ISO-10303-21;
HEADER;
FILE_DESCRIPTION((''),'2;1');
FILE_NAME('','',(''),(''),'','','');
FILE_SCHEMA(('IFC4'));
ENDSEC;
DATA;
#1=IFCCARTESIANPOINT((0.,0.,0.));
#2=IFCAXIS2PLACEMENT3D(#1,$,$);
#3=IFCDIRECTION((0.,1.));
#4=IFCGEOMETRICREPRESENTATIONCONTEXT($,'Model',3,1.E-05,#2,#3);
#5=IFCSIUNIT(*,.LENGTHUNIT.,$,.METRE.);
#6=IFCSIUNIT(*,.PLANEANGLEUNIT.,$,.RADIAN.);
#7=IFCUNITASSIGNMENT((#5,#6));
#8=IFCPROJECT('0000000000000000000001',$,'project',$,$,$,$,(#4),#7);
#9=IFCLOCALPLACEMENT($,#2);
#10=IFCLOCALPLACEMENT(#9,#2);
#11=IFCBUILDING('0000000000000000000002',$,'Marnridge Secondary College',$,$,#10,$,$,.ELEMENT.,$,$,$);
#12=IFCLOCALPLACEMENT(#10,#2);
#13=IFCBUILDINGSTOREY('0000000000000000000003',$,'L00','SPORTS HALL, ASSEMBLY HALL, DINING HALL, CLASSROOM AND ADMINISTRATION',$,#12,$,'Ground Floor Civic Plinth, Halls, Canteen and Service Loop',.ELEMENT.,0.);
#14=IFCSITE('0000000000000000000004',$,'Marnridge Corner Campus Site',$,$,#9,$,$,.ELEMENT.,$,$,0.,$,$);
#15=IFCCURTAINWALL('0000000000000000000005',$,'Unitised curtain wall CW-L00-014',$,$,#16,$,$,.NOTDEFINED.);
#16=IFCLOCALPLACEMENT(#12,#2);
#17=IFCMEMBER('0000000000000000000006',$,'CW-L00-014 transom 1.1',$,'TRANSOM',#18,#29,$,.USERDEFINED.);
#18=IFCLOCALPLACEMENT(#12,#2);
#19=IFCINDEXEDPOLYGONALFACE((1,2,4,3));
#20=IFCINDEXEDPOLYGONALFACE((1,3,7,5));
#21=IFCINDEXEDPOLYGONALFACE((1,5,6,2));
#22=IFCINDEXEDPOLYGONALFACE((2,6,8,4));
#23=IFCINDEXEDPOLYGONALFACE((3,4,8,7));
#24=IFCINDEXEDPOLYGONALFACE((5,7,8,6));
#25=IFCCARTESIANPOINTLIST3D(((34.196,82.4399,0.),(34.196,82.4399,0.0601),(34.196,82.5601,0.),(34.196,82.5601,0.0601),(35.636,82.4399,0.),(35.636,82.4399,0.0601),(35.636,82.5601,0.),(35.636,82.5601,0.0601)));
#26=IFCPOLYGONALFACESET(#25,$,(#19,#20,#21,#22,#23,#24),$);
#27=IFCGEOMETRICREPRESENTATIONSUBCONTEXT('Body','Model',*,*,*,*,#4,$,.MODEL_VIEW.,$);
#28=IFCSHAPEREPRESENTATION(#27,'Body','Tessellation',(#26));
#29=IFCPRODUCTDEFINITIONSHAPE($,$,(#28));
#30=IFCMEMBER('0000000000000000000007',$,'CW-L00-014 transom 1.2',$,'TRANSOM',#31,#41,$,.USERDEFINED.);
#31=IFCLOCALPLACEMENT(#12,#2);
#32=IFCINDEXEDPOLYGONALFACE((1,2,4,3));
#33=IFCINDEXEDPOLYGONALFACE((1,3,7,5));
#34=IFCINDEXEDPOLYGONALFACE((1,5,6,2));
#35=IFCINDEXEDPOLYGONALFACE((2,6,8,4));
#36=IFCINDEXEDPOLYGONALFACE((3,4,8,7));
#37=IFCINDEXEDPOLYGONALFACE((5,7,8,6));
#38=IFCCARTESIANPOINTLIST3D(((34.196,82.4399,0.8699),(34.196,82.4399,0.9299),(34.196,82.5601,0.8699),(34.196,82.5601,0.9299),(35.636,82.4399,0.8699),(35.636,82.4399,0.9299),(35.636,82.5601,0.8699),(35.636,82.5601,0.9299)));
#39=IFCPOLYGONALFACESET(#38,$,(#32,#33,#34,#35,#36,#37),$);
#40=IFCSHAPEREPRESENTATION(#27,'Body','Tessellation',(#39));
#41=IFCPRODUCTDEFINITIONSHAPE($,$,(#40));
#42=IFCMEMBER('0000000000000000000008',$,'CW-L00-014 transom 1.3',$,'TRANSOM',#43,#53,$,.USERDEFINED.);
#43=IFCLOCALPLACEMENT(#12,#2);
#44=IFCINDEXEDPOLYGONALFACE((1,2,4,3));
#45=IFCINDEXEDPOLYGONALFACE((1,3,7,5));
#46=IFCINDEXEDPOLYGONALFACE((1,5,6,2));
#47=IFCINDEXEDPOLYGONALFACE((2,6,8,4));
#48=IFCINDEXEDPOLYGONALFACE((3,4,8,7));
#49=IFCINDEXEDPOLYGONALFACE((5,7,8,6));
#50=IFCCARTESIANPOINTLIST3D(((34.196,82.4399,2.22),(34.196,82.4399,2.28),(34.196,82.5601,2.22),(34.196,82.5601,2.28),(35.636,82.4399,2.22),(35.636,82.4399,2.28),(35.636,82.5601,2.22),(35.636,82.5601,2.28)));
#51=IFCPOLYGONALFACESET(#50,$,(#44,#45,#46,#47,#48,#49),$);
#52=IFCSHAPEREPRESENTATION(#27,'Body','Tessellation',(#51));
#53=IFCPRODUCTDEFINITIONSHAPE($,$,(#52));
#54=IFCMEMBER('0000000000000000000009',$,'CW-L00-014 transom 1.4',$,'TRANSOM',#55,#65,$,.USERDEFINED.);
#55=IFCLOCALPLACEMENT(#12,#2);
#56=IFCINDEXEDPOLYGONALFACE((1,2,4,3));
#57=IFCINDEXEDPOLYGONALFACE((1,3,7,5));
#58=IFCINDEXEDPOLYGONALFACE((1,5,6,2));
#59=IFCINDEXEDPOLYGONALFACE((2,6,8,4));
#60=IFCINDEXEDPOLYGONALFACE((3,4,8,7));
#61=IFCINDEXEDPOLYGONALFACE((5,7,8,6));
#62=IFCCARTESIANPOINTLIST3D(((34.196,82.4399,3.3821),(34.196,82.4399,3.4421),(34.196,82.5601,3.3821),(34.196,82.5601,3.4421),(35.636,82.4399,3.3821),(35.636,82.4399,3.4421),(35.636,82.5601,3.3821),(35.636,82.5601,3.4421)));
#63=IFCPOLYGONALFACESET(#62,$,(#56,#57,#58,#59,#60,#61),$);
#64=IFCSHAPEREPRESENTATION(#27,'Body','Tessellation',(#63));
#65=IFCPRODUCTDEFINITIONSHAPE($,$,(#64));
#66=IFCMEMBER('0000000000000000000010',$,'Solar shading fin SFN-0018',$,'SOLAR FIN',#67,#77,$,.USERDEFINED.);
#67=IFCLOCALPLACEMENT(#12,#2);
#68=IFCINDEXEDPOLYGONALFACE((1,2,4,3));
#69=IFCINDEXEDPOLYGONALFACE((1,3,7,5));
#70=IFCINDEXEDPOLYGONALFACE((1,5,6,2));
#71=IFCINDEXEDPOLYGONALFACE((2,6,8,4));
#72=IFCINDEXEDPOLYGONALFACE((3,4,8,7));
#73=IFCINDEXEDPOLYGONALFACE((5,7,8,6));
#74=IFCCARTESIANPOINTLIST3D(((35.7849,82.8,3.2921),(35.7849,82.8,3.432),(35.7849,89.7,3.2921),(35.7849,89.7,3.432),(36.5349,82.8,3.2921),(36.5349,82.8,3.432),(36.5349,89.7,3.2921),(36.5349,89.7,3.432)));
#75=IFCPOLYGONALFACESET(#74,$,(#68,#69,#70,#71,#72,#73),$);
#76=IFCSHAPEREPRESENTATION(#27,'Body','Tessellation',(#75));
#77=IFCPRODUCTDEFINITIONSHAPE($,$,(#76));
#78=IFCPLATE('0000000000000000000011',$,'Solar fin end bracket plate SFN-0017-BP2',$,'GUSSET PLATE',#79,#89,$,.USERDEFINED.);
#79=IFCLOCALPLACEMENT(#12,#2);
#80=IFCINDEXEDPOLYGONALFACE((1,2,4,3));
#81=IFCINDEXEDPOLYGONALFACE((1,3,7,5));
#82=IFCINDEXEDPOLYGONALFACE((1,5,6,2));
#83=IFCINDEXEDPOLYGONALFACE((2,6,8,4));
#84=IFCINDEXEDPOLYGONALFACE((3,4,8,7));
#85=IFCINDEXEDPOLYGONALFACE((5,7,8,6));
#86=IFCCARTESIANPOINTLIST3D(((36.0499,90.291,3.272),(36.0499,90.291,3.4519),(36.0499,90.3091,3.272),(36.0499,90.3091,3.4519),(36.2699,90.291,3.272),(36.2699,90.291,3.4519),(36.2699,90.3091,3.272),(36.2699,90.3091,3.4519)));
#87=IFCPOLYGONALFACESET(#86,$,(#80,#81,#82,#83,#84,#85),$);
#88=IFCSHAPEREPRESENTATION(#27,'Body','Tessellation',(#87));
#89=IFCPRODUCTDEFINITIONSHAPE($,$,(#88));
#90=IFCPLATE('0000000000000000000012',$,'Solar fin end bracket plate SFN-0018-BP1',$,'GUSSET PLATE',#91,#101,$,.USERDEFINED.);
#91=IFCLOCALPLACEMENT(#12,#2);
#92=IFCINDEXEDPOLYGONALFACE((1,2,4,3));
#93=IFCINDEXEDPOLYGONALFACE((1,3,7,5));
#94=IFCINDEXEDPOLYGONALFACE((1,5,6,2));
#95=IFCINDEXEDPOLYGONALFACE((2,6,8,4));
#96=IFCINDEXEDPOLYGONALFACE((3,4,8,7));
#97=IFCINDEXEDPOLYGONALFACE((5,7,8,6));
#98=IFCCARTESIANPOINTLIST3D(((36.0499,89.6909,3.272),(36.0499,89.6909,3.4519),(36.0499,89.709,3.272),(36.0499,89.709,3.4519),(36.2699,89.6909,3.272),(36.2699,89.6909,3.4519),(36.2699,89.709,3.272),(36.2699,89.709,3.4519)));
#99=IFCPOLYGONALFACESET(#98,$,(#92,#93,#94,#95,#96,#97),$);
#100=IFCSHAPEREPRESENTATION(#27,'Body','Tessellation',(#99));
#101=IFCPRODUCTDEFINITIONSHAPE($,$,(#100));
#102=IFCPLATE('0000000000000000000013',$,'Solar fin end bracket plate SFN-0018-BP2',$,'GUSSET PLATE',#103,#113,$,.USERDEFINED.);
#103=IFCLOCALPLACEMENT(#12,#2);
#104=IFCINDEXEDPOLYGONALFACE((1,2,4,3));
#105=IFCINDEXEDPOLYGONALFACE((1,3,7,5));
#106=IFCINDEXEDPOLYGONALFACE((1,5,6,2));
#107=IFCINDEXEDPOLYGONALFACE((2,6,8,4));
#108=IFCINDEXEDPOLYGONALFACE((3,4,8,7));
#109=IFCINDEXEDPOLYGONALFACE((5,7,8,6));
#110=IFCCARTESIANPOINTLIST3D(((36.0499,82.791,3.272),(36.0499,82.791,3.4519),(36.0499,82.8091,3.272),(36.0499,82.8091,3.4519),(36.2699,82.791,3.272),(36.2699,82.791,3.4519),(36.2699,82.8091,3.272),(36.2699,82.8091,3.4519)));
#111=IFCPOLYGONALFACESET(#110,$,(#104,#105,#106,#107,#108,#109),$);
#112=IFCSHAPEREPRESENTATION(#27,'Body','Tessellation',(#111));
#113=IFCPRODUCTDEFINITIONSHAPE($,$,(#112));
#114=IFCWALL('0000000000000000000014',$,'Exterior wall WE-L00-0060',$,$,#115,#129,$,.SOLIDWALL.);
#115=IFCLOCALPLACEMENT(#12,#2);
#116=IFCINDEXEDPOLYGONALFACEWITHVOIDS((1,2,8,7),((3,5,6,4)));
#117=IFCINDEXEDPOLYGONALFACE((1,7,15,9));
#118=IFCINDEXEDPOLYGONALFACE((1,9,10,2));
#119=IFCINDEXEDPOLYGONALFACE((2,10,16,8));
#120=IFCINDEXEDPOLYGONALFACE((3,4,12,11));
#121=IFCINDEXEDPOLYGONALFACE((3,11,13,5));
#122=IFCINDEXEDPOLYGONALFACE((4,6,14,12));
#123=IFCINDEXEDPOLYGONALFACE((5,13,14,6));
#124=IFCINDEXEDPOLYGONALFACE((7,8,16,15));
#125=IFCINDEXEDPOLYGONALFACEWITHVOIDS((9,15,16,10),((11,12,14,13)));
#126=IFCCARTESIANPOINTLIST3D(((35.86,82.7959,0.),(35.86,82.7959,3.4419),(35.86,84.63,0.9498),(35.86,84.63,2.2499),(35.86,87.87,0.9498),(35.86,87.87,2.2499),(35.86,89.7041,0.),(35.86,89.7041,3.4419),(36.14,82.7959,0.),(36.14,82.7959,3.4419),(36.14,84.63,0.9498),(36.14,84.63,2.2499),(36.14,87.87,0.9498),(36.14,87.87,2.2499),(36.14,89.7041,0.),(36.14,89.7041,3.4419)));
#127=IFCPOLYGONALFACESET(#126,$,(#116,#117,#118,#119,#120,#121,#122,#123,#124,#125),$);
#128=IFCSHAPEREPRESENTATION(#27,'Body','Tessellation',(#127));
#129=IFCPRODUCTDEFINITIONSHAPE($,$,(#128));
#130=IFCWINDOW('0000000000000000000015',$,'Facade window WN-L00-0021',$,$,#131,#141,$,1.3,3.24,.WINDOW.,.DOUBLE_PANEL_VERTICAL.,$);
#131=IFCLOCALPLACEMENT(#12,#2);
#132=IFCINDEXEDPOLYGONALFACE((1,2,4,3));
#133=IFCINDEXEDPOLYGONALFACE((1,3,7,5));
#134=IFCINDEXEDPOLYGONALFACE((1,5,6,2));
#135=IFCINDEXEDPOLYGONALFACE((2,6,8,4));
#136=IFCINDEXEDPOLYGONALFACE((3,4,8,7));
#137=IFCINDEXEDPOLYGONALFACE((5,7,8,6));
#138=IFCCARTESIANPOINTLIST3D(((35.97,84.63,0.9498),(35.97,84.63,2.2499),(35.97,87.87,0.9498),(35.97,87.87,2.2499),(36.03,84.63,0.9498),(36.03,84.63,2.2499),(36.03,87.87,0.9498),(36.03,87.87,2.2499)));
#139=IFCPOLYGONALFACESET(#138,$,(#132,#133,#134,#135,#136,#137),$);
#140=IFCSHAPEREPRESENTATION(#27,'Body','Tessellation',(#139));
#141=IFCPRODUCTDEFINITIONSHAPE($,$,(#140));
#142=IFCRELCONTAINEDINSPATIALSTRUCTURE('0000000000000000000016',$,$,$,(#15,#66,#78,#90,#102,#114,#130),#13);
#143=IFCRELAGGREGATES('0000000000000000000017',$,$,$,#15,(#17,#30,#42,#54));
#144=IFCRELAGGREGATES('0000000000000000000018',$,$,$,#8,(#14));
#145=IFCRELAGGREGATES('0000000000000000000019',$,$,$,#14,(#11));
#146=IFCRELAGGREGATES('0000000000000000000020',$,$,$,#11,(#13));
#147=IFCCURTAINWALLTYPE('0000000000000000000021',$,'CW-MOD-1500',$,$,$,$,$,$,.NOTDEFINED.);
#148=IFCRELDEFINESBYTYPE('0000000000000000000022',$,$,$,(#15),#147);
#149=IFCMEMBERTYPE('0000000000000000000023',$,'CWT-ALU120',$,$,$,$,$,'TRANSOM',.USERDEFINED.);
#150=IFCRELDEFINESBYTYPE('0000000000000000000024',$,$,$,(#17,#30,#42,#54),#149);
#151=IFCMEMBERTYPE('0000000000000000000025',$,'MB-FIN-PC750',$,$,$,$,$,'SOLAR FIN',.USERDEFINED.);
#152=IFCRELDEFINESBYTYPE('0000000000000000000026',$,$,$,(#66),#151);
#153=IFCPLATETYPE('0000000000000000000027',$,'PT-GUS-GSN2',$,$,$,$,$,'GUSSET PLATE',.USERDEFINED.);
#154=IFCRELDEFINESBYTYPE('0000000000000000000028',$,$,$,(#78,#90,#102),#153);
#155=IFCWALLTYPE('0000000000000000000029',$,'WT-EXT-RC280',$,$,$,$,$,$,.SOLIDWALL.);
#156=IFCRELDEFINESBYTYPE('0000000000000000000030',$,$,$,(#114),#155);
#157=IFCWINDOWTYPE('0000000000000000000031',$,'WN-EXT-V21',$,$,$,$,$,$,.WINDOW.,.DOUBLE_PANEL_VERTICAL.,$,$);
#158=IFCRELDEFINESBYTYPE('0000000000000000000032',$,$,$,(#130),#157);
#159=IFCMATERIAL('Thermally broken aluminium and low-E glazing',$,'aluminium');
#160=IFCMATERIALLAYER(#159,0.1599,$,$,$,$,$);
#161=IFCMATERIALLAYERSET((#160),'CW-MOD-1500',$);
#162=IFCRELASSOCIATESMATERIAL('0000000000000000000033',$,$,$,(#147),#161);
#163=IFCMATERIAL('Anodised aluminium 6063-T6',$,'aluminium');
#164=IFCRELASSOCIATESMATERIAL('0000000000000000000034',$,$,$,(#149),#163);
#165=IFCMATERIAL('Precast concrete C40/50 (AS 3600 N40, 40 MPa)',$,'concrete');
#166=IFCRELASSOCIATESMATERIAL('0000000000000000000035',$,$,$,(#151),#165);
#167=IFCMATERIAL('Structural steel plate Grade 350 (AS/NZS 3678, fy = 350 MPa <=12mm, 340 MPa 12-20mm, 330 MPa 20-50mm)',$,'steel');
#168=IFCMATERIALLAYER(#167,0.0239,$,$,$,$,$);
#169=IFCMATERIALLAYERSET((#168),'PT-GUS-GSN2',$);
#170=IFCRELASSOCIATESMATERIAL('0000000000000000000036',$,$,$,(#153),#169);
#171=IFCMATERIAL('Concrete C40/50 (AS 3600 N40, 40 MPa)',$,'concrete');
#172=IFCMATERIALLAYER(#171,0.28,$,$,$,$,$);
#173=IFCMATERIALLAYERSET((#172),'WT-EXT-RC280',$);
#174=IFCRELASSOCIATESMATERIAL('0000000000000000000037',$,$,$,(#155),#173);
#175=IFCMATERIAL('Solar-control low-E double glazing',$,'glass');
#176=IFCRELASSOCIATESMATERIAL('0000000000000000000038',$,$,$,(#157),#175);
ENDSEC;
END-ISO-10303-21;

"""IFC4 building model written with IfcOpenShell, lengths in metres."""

from ifc_helpers import new_model, si_unit, direction, frame, frame_2d, origin, origin_2d, place, context, subcontext, project, spatial, rectangle, extrude, material, layer, layer_set, material_profile, profile_set, type_object, element, fill, aggregate, save


model = new_model("IFC4")

# Units and contexts
model_context = context("Model", 3, precision=1e-05, world=origin(), true_north=direction((0.0, 1.0)))
body_context = subcontext(model_context, "Body", "Model", "MODEL_VIEW")
ifc_project = project(units=[si_unit("LENGTHUNIT", "METRE"), si_unit("PLANEANGLEUNIT", "RADIAN")], contexts=[model_context])

# Site, building, storey
site_placement = place(None, origin())
site = spatial("IfcSite", under=ifc_project, at=site_placement, Name="Marnridge Corner Campus Site", CompositionType="ELEMENT", RefElevation=0.0)
building_placement = place(site_placement, origin())
building = spatial("IfcBuilding", under=site, at=building_placement, Name="Marnridge Secondary College", CompositionType="ELEMENT")
storey_placement = place(building_placement, origin())
storey = spatial("IfcBuildingStorey", under=building, at=storey_placement, Name="L00", Description="SPORTS HALL, ASSEMBLY HALL, DINING HALL, CLASSROOM AND ADMINISTRATION", LongName="Ground Floor Civic Plinth, Halls, Canteen and Service Loop", CompositionType="ELEMENT", Elevation=0.0)

# Curtain wall, members
ifc_material_1 = material(Name="Thermally broken aluminium and low-E glazing", Category="aluminium")
ifc_layer_1 = layer(ifc_material_1, 0.1599)
ifc_layer_set_1 = layer_set([ifc_layer_1], Name="CW-MOD-1500")
curtain_wall_type = type_object("IfcCurtainWallType", Name="CW-MOD-1500", PredefinedType="NOTDEFINED", material=ifc_layer_set_1)
curtain_wall_placement = place(storey_placement, origin())
curtain_wall = element("IfcCurtainWall", 1, at=curtain_wall_placement, inside=storey, type_object=curtain_wall_type, Name="Unitised curtain wall CW-L00-014", PredefinedType="NOTDEFINED")
ifc_material_2 = material(Name="Anodised aluminium 6063-T6", Category="aluminium")
ifc_material_profile_1 = material_profile(ifc_material_2, rectangle(XDim=0.0601, YDim=0.1201, at=origin_2d()), Name="ALU 60x120")
ifc_profile_set_1 = profile_set([ifc_material_profile_1], Name="Anodised aluminium 6063-T6")
member_type_1 = type_object("IfcMemberType", Name="CWT-ALU120", ElementType="TRANSOM", PredefinedType="USERDEFINED", material=ifc_profile_set_1)
member_1_placement = place(storey_placement, frame((35.636, 82.5, 0.03), z_axis=(-1.0, 0.0, 0.0), x_axis=(0.0, 0.0, 1.0)))
member_1 = element("IfcMember", 2, at=member_1_placement, type_object=member_type_1, Name="CW-L00-014 transom 1.1", ObjectType="TRANSOM", PredefinedType="USERDEFINED", context=body_context, shape_type="SweptSolid", body=[
    extrude(rectangle(XDim=0.0601, YDim=0.1201, at=origin_2d()), origin(), (0.0, 0.0, 1.0), 1.4399),
])
member_2_placement = place(storey_placement, frame((35.636, 82.5, 0.8999), z_axis=(-1.0, 0.0, 0.0), x_axis=(0.0, 0.0, 1.0)))
member_2 = element("IfcMember", 3, at=member_2_placement, type_object=member_type_1, Name="CW-L00-014 transom 1.2", ObjectType="TRANSOM", PredefinedType="USERDEFINED", context=body_context, shape_type="SweptSolid", body=[
    extrude(rectangle(XDim=0.0601, YDim=0.1201, at=origin_2d()), origin(), (0.0, 0.0, 1.0), 1.4399),
])
member_3_placement = place(storey_placement, frame((35.636, 82.5, 2.25), z_axis=(-1.0, 0.0, 0.0), x_axis=(0.0, 0.0, 1.0)))
member_3 = element("IfcMember", 4, at=member_3_placement, type_object=member_type_1, Name="CW-L00-014 transom 1.3", ObjectType="TRANSOM", PredefinedType="USERDEFINED", context=body_context, shape_type="SweptSolid", body=[
    extrude(rectangle(XDim=0.0601, YDim=0.1201, at=origin_2d()), origin(), (0.0, 0.0, 1.0), 1.4399),
])
member_4_placement = place(storey_placement, frame((35.636, 82.5, 3.4121), z_axis=(-1.0, 0.0, 0.0), x_axis=(0.0, 0.0, 1.0)))
member_4 = element("IfcMember", 5, at=member_4_placement, type_object=member_type_1, Name="CW-L00-014 transom 1.4", ObjectType="TRANSOM", PredefinedType="USERDEFINED", context=body_context, shape_type="SweptSolid", body=[
    extrude(rectangle(XDim=0.0601, YDim=0.1201, at=origin_2d()), origin(), (0.0, 0.0, 1.0), 1.4399),
])
aggregate(curtain_wall, [member_1, member_2, member_3, member_4])

# Member
ifc_material_3 = material(Name="Precast concrete C40/50 (AS 3600 N40, 40 MPa)", Category="concrete")
ifc_material_profile_2 = material_profile(ifc_material_3, rectangle(XDim=0.1399, YDim=0.75, at=origin_2d()), Name="FIN PC 140x750")
ifc_profile_set_2 = profile_set([ifc_material_profile_2], Name="Precast concrete C40/50 (AS 3600 N40, 40 MPa)")
member_type_2 = type_object("IfcMemberType", Name="MB-FIN-PC750", ElementType="SOLAR FIN", PredefinedType="USERDEFINED", material=ifc_profile_set_2)
member_5_placement = place(storey_placement, frame((36.1599, 89.7, 3.3621), z_axis=(0.0, -1.0, 0.0), x_axis=(0.0, 0.0, 1.0)))
element("IfcMember", 6, at=member_5_placement, inside=storey, type_object=member_type_2, Name="Solar shading fin SFN-0018", ObjectType="SOLAR FIN", PredefinedType="USERDEFINED", context=body_context, shape_type="SweptSolid", body=[
    extrude(rectangle(XDim=0.1399, YDim=0.75, at=origin_2d()), origin(), (0.0, 0.0, 1.0), 6.8999),
])

# Plates
ifc_material_4 = material(Name="Structural steel plate Grade 350 (AS/NZS 3678, fy = 350 MPa <=12mm, 340 MPa 12-20mm, 330 MPa 20-50mm)", Category="steel")
ifc_layer_2 = layer(ifc_material_4, 0.0239)
ifc_layer_set_2 = layer_set([ifc_layer_2], Name="PT-GUS-GSN2")
plate_type = type_object("IfcPlateType", Name="PT-GUS-GSN2", ElementType="GUSSET PLATE", PredefinedType="USERDEFINED", material=ifc_layer_set_2)
for number, where, z_axis, x_axis, name in (
    (7, (36.1599, 90.3, 3.272), (0.0, 0.0, 1.0), (1.0, 0.0, 0.0), "Solar fin end bracket plate SFN-0017-BP2"),
    (8, (36.1599, 89.7, 3.272), (0.0, 0.0, 1.0), (1.0, 0.0, 0.0), "Solar fin end bracket plate SFN-0018-BP1"),
    (9, (36.1599, 82.8, 3.272), (0.0, 0.0, 1.0), (1.0, 0.0, 0.0), "Solar fin end bracket plate SFN-0018-BP2"),
):
    element("IfcPlate", number, at=place(storey_placement, frame(where, z_axis=z_axis, x_axis=x_axis)), inside=storey, type_object=plate_type, Name=name, ObjectType="GUSSET PLATE", PredefinedType="USERDEFINED", context=body_context, shape_type="SweptSolid", body=[
        extrude(rectangle(XDim=0.22, YDim=0.0181, at=origin_2d()), origin(), (0.0, 0.0, 1.0), 0.1799),
    ])

# Wall, opening, window
ifc_material_5 = material(Name="Concrete C40/50 (AS 3600 N40, 40 MPa)", Category="concrete")
ifc_layer_3 = layer(ifc_material_5, 0.28)
ifc_layer_set_3 = layer_set([ifc_layer_3], Name="WT-EXT-RC280")
wall_type_1 = type_object("IfcWallType", Name="WT-EXT-RC280", PredefinedType="SOLIDWALL", material=ifc_layer_set_3)
wall_1_placement = place(storey_placement, frame((36.0, 89.7041, 0.0), z_axis=(0.0, 0.0, 1.0), x_axis=(0.0, -1.0, 0.0)))
wall_1 = element("IfcWall", 10, at=wall_1_placement, inside=storey, type_object=wall_type_1, Name="Exterior wall WE-L00-0060", PredefinedType="SOLIDWALL", context=body_context, shape_type="SweptSolid", body=[
    extrude(rectangle(XDim=6.9082, YDim=0.28, at=frame_2d((3.4541, 0.0))), origin(), (0.0, 0.0, 1.0), 3.4419),
])
opening_1_placement = place(wall_1_placement, frame((1.834, 0.0, 0.95)))
opening_1 = element("IfcOpeningElement", 11, at=opening_1_placement, cuts=wall_1, PredefinedType="OPENING", context=body_context, shape_type="SweptSolid", body=[
    extrude(rectangle(XDim=3.24, YDim=1.3, at=frame_2d((1.6201, 0.6499))), frame((0.0, 0.1499, 0.0), z_axis=(0.0, -1.0, 0.0), x_axis=(1.0, 0.0, 0.0)), (0.0, 0.0, 1.0), 0.3),
])
ifc_material_6 = material(Name="Solar-control low-E double glazing", Category="glass")
window_type = type_object("IfcWindowType", Name="WN-EXT-V21", PartitioningType="DOUBLE_PANEL_VERTICAL", PredefinedType="WINDOW", material=ifc_material_6)
window_placement = place(opening_1_placement, origin())
window = element("IfcWindow", 12, at=window_placement, inside=storey, type_object=window_type, Name="Facade window WN-L00-0021", OverallHeight=1.3, OverallWidth=3.24, PartitioningType="DOUBLE_PANEL_VERTICAL", PredefinedType="WINDOW", context=body_context, shape_type="SweptSolid", body=[
    extrude(rectangle(XDim=3.24, YDim=1.3, at=frame_2d((1.6201, 0.6499))), frame((0.0, 0.03, 0.0), z_axis=(0.0, -1.0, 0.0), x_axis=(1.0, 0.0, 0.0)), (0.0, 0.0, 1.0), 0.0601),
])
fill(opening_1, window)

save(model, "model.ifc")
